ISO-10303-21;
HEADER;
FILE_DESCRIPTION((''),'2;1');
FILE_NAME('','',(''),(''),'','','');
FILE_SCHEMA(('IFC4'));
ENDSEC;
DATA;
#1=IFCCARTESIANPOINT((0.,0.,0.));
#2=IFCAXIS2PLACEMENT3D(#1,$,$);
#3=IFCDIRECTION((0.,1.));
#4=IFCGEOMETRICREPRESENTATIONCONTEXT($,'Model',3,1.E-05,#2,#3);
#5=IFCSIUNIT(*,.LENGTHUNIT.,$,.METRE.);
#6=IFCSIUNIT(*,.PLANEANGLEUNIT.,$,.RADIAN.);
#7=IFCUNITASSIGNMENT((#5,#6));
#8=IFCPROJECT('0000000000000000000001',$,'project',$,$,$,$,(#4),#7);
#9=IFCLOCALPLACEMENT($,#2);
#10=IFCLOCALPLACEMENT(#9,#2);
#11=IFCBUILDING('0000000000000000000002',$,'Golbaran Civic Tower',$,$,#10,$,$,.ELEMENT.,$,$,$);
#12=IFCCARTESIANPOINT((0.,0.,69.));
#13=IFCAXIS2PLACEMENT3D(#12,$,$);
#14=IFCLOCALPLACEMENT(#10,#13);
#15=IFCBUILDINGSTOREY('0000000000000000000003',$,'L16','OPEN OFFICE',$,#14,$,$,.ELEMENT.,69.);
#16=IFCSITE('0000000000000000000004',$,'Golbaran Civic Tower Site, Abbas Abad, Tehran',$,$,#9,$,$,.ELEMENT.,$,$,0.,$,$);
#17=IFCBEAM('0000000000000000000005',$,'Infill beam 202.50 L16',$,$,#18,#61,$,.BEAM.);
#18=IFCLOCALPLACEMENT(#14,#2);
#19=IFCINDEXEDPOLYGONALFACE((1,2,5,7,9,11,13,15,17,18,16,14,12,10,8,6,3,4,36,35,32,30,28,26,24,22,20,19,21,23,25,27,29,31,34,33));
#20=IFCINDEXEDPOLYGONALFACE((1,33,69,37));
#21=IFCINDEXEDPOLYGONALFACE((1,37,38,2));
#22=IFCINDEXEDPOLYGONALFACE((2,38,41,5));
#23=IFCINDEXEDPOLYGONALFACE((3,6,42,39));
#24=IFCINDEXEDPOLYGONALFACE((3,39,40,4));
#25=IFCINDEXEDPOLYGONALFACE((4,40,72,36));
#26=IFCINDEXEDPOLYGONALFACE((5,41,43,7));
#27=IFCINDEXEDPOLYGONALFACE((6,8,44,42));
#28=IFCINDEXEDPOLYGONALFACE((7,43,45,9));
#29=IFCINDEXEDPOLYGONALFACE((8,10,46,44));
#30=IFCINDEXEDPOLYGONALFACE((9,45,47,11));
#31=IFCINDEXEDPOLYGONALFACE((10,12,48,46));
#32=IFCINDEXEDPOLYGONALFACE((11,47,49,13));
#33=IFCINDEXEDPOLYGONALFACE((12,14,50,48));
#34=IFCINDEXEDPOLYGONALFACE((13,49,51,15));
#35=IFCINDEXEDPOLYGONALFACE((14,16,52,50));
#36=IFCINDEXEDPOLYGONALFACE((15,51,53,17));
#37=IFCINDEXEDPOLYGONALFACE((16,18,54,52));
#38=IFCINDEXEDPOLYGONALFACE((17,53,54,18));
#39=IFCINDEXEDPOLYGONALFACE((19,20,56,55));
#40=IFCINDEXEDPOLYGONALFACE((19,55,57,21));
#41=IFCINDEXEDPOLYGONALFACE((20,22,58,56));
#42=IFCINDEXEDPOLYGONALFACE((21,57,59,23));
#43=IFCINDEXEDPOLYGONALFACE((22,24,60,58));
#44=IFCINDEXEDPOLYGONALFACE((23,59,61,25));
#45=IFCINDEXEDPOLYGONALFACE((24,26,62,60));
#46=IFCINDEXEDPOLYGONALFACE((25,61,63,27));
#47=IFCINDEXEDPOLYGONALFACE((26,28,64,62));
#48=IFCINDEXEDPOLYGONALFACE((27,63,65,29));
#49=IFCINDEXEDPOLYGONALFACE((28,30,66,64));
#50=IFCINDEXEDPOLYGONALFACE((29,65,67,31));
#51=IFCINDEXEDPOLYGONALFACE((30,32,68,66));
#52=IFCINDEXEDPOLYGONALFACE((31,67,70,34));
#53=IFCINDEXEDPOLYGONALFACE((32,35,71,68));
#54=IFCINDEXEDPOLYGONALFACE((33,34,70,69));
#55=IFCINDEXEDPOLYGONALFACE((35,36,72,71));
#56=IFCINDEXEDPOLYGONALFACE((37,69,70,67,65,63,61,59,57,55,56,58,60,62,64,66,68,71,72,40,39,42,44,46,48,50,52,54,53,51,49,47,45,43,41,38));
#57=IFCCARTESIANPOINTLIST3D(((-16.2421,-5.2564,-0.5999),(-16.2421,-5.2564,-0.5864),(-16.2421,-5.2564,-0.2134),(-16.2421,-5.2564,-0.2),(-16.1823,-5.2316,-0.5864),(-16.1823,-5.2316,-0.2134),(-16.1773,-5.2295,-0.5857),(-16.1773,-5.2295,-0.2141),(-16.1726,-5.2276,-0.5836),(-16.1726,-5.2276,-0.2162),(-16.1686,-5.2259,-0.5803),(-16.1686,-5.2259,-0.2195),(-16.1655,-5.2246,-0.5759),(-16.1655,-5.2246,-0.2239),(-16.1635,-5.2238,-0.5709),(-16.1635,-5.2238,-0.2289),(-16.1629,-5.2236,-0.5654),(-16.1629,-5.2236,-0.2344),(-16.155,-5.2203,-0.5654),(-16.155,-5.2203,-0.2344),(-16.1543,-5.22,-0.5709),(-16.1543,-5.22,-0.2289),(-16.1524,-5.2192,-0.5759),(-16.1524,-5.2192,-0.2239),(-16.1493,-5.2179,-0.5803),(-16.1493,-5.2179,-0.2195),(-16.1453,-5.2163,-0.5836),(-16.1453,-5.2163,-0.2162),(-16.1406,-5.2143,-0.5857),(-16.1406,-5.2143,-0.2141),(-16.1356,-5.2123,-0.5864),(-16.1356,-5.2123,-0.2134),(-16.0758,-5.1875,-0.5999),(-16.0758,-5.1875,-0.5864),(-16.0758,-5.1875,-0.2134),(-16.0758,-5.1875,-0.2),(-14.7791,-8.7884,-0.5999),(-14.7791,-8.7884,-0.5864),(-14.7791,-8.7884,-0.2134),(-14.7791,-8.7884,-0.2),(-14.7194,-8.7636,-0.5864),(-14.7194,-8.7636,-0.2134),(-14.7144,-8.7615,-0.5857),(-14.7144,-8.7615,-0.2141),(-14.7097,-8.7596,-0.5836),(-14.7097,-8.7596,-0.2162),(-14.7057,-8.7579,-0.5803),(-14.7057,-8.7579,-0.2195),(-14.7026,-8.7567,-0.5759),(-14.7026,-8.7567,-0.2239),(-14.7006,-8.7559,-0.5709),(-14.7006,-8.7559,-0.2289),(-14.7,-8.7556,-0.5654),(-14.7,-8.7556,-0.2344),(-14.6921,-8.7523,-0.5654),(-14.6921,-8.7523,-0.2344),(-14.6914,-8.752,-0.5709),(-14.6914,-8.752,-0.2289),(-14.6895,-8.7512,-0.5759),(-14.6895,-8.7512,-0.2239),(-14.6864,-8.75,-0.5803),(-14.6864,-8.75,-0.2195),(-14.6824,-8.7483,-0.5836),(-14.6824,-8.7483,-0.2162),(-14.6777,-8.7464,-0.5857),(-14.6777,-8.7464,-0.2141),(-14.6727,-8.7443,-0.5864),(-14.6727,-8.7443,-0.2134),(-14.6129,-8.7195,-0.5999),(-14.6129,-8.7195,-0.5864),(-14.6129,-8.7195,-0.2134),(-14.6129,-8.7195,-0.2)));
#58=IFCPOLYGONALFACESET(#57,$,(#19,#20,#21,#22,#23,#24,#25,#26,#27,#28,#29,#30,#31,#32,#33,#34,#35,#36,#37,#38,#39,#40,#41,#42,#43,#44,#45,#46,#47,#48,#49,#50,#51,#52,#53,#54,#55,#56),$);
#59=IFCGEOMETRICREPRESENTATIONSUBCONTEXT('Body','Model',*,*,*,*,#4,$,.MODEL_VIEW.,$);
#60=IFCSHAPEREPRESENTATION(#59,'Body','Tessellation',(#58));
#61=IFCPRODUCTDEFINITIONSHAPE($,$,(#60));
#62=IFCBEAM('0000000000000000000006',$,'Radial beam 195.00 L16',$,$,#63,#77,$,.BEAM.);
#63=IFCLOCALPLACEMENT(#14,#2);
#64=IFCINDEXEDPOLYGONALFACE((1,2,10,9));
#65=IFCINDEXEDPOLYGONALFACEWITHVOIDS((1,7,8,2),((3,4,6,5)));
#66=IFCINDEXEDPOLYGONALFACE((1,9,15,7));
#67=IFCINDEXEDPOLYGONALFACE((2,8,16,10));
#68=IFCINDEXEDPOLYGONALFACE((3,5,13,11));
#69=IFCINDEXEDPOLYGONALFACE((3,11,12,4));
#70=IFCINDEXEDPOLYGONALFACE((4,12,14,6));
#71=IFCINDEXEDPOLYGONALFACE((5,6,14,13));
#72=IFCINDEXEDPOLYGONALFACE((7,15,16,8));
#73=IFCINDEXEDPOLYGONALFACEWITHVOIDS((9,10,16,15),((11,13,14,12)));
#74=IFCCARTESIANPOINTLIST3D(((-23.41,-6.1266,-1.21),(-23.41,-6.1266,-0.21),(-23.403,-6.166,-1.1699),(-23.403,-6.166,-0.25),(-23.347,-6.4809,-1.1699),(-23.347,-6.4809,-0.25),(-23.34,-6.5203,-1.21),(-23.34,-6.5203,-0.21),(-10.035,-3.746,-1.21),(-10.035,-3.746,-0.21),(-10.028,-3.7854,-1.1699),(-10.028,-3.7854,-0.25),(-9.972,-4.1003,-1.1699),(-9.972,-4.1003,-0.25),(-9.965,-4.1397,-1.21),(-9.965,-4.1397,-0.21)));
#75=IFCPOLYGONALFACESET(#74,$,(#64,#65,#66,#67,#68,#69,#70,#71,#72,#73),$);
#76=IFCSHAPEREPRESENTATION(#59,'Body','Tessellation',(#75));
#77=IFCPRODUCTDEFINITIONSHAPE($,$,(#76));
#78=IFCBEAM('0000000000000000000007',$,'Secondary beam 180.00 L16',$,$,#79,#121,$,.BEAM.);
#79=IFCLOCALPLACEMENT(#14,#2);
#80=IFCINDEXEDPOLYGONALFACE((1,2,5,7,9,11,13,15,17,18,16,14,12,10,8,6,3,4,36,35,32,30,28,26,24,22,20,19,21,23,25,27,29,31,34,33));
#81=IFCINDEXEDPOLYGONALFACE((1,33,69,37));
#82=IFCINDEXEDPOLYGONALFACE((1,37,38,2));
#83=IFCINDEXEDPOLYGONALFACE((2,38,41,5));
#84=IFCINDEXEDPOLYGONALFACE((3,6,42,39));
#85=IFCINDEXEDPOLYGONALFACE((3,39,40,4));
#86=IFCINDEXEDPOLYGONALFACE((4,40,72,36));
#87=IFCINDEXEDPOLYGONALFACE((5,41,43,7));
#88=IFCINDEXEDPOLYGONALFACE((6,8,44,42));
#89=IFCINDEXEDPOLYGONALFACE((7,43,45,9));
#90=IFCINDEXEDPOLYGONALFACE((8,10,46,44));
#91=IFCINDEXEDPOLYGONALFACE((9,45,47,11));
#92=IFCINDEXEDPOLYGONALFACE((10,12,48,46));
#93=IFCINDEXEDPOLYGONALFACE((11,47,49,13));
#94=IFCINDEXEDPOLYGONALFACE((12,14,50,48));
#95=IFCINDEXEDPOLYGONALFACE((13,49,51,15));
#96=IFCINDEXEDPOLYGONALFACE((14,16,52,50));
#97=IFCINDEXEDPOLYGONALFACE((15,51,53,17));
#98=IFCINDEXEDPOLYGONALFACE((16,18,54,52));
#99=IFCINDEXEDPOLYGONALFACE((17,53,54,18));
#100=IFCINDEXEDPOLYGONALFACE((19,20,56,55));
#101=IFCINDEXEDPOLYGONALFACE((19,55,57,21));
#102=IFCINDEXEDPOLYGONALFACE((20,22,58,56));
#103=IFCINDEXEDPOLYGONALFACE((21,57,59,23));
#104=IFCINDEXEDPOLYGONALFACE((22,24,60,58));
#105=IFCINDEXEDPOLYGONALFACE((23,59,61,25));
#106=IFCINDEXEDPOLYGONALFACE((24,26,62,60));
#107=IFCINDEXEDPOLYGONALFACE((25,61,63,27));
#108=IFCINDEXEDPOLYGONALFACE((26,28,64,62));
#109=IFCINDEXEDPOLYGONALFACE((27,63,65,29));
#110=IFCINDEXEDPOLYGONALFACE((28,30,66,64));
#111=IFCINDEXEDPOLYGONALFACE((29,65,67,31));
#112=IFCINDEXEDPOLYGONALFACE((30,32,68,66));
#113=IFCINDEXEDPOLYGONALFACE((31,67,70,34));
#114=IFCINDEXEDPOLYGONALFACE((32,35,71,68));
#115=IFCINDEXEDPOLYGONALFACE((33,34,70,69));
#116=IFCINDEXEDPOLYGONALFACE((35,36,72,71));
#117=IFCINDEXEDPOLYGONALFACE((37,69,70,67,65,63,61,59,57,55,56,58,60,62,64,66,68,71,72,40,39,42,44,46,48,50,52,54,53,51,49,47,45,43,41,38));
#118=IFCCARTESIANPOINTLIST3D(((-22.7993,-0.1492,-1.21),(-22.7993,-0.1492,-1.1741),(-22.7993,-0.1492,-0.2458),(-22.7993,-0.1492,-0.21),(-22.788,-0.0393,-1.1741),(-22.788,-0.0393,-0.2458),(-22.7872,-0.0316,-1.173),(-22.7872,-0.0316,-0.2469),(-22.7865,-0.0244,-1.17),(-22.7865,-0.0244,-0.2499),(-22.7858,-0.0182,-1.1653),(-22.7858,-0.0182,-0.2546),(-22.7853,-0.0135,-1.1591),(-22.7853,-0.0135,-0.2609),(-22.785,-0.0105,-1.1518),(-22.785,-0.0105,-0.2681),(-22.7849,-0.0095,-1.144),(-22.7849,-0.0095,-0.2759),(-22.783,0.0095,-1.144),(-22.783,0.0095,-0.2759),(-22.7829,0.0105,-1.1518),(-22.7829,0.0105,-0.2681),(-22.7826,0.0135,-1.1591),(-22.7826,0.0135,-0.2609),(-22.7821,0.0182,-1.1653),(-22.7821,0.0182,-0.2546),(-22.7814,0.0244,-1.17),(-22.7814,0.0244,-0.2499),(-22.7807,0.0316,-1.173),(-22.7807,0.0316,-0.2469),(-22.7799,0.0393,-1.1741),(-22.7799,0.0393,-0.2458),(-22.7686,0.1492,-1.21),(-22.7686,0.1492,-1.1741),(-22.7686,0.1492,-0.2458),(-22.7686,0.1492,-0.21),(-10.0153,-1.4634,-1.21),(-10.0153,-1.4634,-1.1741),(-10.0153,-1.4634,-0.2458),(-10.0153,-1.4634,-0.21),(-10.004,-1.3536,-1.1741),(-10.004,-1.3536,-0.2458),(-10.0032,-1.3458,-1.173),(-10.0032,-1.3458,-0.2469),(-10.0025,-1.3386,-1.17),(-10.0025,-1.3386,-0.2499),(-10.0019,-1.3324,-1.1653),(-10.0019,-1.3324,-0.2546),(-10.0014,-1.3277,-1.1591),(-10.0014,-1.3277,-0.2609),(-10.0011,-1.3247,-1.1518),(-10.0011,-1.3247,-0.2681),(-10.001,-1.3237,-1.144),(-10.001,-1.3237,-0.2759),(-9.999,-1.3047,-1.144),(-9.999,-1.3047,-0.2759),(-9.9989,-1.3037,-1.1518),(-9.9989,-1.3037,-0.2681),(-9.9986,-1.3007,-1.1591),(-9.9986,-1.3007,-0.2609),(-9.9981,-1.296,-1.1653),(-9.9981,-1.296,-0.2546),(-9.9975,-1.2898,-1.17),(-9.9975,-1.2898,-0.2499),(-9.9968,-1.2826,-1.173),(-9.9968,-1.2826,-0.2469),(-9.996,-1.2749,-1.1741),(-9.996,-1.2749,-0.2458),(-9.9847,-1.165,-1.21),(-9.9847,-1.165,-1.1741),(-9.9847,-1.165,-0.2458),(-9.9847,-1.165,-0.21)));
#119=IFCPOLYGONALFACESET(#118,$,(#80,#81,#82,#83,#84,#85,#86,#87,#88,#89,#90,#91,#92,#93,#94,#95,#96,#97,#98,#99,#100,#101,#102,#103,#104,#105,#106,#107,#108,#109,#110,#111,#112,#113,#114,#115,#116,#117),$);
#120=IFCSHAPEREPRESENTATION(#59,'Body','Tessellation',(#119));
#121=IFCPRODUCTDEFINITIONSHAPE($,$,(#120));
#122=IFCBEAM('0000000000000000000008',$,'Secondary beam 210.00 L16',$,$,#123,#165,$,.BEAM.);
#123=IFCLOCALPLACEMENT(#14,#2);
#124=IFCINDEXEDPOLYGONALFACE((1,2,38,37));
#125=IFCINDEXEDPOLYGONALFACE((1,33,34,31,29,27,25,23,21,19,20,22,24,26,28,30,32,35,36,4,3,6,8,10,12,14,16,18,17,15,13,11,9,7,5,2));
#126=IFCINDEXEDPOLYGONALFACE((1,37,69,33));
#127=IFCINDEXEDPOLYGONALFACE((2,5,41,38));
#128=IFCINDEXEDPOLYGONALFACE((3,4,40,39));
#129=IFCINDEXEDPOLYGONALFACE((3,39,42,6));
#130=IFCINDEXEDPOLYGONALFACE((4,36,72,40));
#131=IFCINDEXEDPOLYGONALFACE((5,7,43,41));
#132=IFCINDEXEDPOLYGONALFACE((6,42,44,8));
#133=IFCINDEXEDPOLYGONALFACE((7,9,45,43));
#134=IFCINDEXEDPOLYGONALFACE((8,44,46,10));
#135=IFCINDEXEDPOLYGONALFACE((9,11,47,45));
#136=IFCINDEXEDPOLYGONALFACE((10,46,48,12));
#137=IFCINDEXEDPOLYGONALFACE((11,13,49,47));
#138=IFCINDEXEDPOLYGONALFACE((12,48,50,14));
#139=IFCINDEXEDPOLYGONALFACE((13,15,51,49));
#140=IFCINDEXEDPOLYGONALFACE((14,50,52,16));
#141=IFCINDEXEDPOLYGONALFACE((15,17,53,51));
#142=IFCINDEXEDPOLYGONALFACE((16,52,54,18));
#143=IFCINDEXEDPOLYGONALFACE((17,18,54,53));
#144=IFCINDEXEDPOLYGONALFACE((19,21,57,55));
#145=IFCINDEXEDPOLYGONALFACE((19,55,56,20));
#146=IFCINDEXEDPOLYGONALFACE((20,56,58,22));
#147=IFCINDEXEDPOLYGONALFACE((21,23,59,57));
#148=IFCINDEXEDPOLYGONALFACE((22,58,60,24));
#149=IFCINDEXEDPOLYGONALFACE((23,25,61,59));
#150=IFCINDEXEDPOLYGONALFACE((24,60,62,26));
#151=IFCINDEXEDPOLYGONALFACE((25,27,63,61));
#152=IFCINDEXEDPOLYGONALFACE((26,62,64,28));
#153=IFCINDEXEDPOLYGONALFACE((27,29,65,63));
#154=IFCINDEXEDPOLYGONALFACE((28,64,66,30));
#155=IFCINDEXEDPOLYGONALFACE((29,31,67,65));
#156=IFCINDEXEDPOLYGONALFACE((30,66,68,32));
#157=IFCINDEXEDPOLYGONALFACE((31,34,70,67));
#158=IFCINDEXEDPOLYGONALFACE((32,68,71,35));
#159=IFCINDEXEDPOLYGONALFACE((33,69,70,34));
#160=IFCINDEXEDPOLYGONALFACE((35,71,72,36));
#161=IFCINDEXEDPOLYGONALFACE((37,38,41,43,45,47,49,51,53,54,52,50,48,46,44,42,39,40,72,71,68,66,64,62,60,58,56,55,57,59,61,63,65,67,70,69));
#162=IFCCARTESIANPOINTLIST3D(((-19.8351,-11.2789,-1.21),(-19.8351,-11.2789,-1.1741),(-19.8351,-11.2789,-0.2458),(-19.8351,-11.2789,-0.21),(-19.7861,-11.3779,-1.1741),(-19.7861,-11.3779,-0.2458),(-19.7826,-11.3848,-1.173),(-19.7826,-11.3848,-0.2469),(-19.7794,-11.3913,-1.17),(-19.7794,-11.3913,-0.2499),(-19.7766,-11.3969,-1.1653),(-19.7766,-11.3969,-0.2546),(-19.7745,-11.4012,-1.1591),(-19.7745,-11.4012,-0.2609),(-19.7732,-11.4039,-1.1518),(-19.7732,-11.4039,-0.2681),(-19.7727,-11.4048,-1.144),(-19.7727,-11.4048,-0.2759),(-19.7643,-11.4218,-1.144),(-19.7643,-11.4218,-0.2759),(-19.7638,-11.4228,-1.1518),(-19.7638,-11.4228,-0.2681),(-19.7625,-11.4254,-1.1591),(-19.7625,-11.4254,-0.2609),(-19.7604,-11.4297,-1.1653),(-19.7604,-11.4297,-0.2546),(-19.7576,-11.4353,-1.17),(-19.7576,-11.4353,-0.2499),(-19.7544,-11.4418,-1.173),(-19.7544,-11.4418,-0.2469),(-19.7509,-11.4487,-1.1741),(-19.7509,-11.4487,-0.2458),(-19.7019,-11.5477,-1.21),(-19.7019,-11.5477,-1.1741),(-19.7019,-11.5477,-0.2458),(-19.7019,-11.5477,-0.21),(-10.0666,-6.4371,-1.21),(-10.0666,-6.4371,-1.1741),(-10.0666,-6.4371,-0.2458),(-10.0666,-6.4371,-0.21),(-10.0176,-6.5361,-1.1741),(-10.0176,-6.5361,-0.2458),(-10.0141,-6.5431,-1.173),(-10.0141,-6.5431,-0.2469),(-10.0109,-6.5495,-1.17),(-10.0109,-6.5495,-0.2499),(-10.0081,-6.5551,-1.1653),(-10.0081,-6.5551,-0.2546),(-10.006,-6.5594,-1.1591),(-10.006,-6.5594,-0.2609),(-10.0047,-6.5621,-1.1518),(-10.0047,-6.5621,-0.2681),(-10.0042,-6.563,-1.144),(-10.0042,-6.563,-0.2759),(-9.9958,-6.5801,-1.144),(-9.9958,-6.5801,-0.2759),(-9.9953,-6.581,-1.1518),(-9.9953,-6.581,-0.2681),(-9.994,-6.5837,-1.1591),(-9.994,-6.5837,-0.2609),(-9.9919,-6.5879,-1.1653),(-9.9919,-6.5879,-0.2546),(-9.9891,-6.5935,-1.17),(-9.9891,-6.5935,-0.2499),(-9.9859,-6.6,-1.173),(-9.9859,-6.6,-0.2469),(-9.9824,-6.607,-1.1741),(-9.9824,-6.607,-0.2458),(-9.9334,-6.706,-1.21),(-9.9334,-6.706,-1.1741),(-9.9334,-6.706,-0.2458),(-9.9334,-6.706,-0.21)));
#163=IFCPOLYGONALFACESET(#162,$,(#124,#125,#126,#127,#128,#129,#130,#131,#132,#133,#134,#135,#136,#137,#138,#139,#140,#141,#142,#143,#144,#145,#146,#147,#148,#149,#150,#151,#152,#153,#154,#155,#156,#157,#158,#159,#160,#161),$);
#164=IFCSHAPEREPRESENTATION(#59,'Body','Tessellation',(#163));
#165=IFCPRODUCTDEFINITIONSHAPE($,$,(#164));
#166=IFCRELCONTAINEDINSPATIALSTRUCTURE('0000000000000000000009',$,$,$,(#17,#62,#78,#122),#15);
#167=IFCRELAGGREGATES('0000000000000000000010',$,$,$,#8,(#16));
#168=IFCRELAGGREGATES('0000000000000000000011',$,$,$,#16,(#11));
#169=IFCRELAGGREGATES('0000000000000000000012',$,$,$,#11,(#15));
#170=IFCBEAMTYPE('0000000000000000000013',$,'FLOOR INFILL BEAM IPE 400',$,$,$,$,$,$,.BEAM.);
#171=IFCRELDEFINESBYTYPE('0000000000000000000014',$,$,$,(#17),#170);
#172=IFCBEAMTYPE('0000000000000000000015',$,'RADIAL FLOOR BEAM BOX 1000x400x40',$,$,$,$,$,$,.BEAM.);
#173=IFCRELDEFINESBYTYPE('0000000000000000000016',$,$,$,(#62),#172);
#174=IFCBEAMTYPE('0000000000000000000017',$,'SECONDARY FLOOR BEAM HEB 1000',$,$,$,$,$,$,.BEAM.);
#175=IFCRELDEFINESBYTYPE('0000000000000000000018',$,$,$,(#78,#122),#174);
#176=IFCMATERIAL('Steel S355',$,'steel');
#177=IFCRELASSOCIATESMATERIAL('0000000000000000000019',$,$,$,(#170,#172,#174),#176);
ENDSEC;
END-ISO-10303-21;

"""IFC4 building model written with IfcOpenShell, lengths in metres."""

from ifc_helpers import new_model, si_unit, direction, frame, origin, origin_2d, place, context, subcontext, project, spatial, hollow_rectangle, i_section, extrude, material, material_profile, profile_set, type_object, element, save


model = new_model("IFC4")

# Units and contexts
model_context = context("Model", 3, precision=1e-05, world=origin(), true_north=direction((0.0, 1.0)))
body_context = subcontext(model_context, "Body", "Model", "MODEL_VIEW")
ifc_project = project(units=[si_unit("LENGTHUNIT", "METRE"), si_unit("PLANEANGLEUNIT", "RADIAN")], contexts=[model_context])

# Site, building, storey
site_placement = place(None, origin())
site = spatial("IfcSite", under=ifc_project, at=site_placement, Name="Golbaran Civic Tower Site, Abbas Abad, Tehran", CompositionType="ELEMENT", RefElevation=0.0)
building_placement = place(site_placement, origin())
building = spatial("IfcBuilding", under=site, at=building_placement, Name="Golbaran Civic Tower", CompositionType="ELEMENT")
storey_placement = place(building_placement, frame((0.0, 0.0, 69.0)))
storey = spatial("IfcBuildingStorey", under=building, at=storey_placement, Name="L16", Description="OPEN OFFICE", CompositionType="ELEMENT", Elevation=69.0)

# Beams
ifc_material_1 = material(Name="Steel S355", Category="steel")
ifc_material_profile_1 = material_profile(ifc_material_1, i_section(OverallWidth=0.1799, OverallDepth=0.3999, WebThickness=0.0085, FlangeThickness=0.0134, FilletRadius=0.021, at=origin_2d()), Name="IPE 400")
ifc_profile_set_1 = profile_set([ifc_material_profile_1], Name="Steel S355")
beam_type_1 = type_object("IfcBeamType", Name="FLOOR INFILL BEAM IPE 400", PredefinedType="BEAM", material=ifc_profile_set_1)
beam_1_placement = place(storey_placement, frame((-16.1589, -5.2219, -0.3999), z_axis=(0.38266, -0.923889, 0.0), x_axis=(0.923889, 0.38266, 0.0)))
element("IfcBeam", 1, at=beam_1_placement, inside=storey, type_object=beam_type_1, Name="Infill beam 202.50 L16", PredefinedType="BEAM", context=body_context, shape_type="SweptSolid", body=[
    extrude(i_section(OverallWidth=0.1799, OverallDepth=0.3999, WebThickness=0.0085, FlangeThickness=0.0134, FilletRadius=0.021, at=origin_2d()), origin(), (0.0, 0.0, 1.0), 3.823),
])
ifc_material_profile_2 = material_profile(ifc_material_1, hollow_rectangle(XDim=0.3999, YDim=1.0, WallThickness=0.04, at=origin_2d()), Name="BOX 1000x400x40")
ifc_profile_set_2 = profile_set([ifc_material_profile_2], Name="Steel S355")
beam_type_2 = type_object("IfcBeamType", Name="RADIAL FLOOR BEAM BOX 1000x400x40", PredefinedType="BEAM", material=ifc_profile_set_2)
beam_2_placement = place(storey_placement, frame((-10.0, -3.9429, -0.71), z_axis=(-0.984526, -0.175236, 0.0), x_axis=(0.175236, -0.984526, 0.0)))
element("IfcBeam", 2, at=beam_2_placement, inside=storey, type_object=beam_type_2, Name="Radial beam 195.00 L16", PredefinedType="BEAM", context=body_context, shape_type="SweptSolid", body=[
    extrude(hollow_rectangle(XDim=0.3999, YDim=1.0, WallThickness=0.04, at=origin_2d()), origin(), (0.0, 0.0, 1.0), 13.5852),
])
ifc_material_profile_3 = material_profile(ifc_material_1, i_section(OverallWidth=0.3, OverallDepth=1.0, WebThickness=0.019, FlangeThickness=0.0359, FilletRadius=0.03, at=origin_2d()), Name="HEB 1000")
ifc_profile_set_3 = profile_set([ifc_material_profile_3], Name="Steel S355")
beam_type_3 = type_object("IfcBeamType", Name="SECONDARY FLOOR BEAM HEB 1000", PredefinedType="BEAM", material=ifc_profile_set_3)
beam_3_placement = place(storey_placement, frame((-10.0, -1.3142, -0.71), z_axis=(-0.994757, 0.102263, 0.0), x_axis=(-0.102263, -0.994757, 0.0)))
element("IfcBeam", 3, at=beam_3_placement, inside=storey, type_object=beam_type_3, Name="Secondary beam 180.00 L16", PredefinedType="BEAM", context=body_context, shape_type="SweptSolid", body=[
    extrude(i_section(OverallWidth=0.3, OverallDepth=1.0, WebThickness=0.019, FlangeThickness=0.0359, FilletRadius=0.03, at=origin_2d()), origin(), (0.0, 0.0, 1.0), 12.8513),
])
beam_4_placement = place(storey_placement, frame((-10.0, -6.5715, -0.71), z_axis=(-0.89598, -0.444094, 0.0), x_axis=(0.444094, -0.89598, 0.0)))
element("IfcBeam", 4, at=beam_4_placement, inside=storey, type_object=beam_type_3, Name="Secondary beam 210.00 L16", PredefinedType="BEAM", context=body_context, shape_type="SweptSolid", body=[
    extrude(i_section(OverallWidth=0.3, OverallDepth=1.0, WebThickness=0.019, FlangeThickness=0.0359, FilletRadius=0.03, at=origin_2d()), origin(), (0.0, 0.0, 1.0), 10.9026),
])

save(model, "model.ifc")
